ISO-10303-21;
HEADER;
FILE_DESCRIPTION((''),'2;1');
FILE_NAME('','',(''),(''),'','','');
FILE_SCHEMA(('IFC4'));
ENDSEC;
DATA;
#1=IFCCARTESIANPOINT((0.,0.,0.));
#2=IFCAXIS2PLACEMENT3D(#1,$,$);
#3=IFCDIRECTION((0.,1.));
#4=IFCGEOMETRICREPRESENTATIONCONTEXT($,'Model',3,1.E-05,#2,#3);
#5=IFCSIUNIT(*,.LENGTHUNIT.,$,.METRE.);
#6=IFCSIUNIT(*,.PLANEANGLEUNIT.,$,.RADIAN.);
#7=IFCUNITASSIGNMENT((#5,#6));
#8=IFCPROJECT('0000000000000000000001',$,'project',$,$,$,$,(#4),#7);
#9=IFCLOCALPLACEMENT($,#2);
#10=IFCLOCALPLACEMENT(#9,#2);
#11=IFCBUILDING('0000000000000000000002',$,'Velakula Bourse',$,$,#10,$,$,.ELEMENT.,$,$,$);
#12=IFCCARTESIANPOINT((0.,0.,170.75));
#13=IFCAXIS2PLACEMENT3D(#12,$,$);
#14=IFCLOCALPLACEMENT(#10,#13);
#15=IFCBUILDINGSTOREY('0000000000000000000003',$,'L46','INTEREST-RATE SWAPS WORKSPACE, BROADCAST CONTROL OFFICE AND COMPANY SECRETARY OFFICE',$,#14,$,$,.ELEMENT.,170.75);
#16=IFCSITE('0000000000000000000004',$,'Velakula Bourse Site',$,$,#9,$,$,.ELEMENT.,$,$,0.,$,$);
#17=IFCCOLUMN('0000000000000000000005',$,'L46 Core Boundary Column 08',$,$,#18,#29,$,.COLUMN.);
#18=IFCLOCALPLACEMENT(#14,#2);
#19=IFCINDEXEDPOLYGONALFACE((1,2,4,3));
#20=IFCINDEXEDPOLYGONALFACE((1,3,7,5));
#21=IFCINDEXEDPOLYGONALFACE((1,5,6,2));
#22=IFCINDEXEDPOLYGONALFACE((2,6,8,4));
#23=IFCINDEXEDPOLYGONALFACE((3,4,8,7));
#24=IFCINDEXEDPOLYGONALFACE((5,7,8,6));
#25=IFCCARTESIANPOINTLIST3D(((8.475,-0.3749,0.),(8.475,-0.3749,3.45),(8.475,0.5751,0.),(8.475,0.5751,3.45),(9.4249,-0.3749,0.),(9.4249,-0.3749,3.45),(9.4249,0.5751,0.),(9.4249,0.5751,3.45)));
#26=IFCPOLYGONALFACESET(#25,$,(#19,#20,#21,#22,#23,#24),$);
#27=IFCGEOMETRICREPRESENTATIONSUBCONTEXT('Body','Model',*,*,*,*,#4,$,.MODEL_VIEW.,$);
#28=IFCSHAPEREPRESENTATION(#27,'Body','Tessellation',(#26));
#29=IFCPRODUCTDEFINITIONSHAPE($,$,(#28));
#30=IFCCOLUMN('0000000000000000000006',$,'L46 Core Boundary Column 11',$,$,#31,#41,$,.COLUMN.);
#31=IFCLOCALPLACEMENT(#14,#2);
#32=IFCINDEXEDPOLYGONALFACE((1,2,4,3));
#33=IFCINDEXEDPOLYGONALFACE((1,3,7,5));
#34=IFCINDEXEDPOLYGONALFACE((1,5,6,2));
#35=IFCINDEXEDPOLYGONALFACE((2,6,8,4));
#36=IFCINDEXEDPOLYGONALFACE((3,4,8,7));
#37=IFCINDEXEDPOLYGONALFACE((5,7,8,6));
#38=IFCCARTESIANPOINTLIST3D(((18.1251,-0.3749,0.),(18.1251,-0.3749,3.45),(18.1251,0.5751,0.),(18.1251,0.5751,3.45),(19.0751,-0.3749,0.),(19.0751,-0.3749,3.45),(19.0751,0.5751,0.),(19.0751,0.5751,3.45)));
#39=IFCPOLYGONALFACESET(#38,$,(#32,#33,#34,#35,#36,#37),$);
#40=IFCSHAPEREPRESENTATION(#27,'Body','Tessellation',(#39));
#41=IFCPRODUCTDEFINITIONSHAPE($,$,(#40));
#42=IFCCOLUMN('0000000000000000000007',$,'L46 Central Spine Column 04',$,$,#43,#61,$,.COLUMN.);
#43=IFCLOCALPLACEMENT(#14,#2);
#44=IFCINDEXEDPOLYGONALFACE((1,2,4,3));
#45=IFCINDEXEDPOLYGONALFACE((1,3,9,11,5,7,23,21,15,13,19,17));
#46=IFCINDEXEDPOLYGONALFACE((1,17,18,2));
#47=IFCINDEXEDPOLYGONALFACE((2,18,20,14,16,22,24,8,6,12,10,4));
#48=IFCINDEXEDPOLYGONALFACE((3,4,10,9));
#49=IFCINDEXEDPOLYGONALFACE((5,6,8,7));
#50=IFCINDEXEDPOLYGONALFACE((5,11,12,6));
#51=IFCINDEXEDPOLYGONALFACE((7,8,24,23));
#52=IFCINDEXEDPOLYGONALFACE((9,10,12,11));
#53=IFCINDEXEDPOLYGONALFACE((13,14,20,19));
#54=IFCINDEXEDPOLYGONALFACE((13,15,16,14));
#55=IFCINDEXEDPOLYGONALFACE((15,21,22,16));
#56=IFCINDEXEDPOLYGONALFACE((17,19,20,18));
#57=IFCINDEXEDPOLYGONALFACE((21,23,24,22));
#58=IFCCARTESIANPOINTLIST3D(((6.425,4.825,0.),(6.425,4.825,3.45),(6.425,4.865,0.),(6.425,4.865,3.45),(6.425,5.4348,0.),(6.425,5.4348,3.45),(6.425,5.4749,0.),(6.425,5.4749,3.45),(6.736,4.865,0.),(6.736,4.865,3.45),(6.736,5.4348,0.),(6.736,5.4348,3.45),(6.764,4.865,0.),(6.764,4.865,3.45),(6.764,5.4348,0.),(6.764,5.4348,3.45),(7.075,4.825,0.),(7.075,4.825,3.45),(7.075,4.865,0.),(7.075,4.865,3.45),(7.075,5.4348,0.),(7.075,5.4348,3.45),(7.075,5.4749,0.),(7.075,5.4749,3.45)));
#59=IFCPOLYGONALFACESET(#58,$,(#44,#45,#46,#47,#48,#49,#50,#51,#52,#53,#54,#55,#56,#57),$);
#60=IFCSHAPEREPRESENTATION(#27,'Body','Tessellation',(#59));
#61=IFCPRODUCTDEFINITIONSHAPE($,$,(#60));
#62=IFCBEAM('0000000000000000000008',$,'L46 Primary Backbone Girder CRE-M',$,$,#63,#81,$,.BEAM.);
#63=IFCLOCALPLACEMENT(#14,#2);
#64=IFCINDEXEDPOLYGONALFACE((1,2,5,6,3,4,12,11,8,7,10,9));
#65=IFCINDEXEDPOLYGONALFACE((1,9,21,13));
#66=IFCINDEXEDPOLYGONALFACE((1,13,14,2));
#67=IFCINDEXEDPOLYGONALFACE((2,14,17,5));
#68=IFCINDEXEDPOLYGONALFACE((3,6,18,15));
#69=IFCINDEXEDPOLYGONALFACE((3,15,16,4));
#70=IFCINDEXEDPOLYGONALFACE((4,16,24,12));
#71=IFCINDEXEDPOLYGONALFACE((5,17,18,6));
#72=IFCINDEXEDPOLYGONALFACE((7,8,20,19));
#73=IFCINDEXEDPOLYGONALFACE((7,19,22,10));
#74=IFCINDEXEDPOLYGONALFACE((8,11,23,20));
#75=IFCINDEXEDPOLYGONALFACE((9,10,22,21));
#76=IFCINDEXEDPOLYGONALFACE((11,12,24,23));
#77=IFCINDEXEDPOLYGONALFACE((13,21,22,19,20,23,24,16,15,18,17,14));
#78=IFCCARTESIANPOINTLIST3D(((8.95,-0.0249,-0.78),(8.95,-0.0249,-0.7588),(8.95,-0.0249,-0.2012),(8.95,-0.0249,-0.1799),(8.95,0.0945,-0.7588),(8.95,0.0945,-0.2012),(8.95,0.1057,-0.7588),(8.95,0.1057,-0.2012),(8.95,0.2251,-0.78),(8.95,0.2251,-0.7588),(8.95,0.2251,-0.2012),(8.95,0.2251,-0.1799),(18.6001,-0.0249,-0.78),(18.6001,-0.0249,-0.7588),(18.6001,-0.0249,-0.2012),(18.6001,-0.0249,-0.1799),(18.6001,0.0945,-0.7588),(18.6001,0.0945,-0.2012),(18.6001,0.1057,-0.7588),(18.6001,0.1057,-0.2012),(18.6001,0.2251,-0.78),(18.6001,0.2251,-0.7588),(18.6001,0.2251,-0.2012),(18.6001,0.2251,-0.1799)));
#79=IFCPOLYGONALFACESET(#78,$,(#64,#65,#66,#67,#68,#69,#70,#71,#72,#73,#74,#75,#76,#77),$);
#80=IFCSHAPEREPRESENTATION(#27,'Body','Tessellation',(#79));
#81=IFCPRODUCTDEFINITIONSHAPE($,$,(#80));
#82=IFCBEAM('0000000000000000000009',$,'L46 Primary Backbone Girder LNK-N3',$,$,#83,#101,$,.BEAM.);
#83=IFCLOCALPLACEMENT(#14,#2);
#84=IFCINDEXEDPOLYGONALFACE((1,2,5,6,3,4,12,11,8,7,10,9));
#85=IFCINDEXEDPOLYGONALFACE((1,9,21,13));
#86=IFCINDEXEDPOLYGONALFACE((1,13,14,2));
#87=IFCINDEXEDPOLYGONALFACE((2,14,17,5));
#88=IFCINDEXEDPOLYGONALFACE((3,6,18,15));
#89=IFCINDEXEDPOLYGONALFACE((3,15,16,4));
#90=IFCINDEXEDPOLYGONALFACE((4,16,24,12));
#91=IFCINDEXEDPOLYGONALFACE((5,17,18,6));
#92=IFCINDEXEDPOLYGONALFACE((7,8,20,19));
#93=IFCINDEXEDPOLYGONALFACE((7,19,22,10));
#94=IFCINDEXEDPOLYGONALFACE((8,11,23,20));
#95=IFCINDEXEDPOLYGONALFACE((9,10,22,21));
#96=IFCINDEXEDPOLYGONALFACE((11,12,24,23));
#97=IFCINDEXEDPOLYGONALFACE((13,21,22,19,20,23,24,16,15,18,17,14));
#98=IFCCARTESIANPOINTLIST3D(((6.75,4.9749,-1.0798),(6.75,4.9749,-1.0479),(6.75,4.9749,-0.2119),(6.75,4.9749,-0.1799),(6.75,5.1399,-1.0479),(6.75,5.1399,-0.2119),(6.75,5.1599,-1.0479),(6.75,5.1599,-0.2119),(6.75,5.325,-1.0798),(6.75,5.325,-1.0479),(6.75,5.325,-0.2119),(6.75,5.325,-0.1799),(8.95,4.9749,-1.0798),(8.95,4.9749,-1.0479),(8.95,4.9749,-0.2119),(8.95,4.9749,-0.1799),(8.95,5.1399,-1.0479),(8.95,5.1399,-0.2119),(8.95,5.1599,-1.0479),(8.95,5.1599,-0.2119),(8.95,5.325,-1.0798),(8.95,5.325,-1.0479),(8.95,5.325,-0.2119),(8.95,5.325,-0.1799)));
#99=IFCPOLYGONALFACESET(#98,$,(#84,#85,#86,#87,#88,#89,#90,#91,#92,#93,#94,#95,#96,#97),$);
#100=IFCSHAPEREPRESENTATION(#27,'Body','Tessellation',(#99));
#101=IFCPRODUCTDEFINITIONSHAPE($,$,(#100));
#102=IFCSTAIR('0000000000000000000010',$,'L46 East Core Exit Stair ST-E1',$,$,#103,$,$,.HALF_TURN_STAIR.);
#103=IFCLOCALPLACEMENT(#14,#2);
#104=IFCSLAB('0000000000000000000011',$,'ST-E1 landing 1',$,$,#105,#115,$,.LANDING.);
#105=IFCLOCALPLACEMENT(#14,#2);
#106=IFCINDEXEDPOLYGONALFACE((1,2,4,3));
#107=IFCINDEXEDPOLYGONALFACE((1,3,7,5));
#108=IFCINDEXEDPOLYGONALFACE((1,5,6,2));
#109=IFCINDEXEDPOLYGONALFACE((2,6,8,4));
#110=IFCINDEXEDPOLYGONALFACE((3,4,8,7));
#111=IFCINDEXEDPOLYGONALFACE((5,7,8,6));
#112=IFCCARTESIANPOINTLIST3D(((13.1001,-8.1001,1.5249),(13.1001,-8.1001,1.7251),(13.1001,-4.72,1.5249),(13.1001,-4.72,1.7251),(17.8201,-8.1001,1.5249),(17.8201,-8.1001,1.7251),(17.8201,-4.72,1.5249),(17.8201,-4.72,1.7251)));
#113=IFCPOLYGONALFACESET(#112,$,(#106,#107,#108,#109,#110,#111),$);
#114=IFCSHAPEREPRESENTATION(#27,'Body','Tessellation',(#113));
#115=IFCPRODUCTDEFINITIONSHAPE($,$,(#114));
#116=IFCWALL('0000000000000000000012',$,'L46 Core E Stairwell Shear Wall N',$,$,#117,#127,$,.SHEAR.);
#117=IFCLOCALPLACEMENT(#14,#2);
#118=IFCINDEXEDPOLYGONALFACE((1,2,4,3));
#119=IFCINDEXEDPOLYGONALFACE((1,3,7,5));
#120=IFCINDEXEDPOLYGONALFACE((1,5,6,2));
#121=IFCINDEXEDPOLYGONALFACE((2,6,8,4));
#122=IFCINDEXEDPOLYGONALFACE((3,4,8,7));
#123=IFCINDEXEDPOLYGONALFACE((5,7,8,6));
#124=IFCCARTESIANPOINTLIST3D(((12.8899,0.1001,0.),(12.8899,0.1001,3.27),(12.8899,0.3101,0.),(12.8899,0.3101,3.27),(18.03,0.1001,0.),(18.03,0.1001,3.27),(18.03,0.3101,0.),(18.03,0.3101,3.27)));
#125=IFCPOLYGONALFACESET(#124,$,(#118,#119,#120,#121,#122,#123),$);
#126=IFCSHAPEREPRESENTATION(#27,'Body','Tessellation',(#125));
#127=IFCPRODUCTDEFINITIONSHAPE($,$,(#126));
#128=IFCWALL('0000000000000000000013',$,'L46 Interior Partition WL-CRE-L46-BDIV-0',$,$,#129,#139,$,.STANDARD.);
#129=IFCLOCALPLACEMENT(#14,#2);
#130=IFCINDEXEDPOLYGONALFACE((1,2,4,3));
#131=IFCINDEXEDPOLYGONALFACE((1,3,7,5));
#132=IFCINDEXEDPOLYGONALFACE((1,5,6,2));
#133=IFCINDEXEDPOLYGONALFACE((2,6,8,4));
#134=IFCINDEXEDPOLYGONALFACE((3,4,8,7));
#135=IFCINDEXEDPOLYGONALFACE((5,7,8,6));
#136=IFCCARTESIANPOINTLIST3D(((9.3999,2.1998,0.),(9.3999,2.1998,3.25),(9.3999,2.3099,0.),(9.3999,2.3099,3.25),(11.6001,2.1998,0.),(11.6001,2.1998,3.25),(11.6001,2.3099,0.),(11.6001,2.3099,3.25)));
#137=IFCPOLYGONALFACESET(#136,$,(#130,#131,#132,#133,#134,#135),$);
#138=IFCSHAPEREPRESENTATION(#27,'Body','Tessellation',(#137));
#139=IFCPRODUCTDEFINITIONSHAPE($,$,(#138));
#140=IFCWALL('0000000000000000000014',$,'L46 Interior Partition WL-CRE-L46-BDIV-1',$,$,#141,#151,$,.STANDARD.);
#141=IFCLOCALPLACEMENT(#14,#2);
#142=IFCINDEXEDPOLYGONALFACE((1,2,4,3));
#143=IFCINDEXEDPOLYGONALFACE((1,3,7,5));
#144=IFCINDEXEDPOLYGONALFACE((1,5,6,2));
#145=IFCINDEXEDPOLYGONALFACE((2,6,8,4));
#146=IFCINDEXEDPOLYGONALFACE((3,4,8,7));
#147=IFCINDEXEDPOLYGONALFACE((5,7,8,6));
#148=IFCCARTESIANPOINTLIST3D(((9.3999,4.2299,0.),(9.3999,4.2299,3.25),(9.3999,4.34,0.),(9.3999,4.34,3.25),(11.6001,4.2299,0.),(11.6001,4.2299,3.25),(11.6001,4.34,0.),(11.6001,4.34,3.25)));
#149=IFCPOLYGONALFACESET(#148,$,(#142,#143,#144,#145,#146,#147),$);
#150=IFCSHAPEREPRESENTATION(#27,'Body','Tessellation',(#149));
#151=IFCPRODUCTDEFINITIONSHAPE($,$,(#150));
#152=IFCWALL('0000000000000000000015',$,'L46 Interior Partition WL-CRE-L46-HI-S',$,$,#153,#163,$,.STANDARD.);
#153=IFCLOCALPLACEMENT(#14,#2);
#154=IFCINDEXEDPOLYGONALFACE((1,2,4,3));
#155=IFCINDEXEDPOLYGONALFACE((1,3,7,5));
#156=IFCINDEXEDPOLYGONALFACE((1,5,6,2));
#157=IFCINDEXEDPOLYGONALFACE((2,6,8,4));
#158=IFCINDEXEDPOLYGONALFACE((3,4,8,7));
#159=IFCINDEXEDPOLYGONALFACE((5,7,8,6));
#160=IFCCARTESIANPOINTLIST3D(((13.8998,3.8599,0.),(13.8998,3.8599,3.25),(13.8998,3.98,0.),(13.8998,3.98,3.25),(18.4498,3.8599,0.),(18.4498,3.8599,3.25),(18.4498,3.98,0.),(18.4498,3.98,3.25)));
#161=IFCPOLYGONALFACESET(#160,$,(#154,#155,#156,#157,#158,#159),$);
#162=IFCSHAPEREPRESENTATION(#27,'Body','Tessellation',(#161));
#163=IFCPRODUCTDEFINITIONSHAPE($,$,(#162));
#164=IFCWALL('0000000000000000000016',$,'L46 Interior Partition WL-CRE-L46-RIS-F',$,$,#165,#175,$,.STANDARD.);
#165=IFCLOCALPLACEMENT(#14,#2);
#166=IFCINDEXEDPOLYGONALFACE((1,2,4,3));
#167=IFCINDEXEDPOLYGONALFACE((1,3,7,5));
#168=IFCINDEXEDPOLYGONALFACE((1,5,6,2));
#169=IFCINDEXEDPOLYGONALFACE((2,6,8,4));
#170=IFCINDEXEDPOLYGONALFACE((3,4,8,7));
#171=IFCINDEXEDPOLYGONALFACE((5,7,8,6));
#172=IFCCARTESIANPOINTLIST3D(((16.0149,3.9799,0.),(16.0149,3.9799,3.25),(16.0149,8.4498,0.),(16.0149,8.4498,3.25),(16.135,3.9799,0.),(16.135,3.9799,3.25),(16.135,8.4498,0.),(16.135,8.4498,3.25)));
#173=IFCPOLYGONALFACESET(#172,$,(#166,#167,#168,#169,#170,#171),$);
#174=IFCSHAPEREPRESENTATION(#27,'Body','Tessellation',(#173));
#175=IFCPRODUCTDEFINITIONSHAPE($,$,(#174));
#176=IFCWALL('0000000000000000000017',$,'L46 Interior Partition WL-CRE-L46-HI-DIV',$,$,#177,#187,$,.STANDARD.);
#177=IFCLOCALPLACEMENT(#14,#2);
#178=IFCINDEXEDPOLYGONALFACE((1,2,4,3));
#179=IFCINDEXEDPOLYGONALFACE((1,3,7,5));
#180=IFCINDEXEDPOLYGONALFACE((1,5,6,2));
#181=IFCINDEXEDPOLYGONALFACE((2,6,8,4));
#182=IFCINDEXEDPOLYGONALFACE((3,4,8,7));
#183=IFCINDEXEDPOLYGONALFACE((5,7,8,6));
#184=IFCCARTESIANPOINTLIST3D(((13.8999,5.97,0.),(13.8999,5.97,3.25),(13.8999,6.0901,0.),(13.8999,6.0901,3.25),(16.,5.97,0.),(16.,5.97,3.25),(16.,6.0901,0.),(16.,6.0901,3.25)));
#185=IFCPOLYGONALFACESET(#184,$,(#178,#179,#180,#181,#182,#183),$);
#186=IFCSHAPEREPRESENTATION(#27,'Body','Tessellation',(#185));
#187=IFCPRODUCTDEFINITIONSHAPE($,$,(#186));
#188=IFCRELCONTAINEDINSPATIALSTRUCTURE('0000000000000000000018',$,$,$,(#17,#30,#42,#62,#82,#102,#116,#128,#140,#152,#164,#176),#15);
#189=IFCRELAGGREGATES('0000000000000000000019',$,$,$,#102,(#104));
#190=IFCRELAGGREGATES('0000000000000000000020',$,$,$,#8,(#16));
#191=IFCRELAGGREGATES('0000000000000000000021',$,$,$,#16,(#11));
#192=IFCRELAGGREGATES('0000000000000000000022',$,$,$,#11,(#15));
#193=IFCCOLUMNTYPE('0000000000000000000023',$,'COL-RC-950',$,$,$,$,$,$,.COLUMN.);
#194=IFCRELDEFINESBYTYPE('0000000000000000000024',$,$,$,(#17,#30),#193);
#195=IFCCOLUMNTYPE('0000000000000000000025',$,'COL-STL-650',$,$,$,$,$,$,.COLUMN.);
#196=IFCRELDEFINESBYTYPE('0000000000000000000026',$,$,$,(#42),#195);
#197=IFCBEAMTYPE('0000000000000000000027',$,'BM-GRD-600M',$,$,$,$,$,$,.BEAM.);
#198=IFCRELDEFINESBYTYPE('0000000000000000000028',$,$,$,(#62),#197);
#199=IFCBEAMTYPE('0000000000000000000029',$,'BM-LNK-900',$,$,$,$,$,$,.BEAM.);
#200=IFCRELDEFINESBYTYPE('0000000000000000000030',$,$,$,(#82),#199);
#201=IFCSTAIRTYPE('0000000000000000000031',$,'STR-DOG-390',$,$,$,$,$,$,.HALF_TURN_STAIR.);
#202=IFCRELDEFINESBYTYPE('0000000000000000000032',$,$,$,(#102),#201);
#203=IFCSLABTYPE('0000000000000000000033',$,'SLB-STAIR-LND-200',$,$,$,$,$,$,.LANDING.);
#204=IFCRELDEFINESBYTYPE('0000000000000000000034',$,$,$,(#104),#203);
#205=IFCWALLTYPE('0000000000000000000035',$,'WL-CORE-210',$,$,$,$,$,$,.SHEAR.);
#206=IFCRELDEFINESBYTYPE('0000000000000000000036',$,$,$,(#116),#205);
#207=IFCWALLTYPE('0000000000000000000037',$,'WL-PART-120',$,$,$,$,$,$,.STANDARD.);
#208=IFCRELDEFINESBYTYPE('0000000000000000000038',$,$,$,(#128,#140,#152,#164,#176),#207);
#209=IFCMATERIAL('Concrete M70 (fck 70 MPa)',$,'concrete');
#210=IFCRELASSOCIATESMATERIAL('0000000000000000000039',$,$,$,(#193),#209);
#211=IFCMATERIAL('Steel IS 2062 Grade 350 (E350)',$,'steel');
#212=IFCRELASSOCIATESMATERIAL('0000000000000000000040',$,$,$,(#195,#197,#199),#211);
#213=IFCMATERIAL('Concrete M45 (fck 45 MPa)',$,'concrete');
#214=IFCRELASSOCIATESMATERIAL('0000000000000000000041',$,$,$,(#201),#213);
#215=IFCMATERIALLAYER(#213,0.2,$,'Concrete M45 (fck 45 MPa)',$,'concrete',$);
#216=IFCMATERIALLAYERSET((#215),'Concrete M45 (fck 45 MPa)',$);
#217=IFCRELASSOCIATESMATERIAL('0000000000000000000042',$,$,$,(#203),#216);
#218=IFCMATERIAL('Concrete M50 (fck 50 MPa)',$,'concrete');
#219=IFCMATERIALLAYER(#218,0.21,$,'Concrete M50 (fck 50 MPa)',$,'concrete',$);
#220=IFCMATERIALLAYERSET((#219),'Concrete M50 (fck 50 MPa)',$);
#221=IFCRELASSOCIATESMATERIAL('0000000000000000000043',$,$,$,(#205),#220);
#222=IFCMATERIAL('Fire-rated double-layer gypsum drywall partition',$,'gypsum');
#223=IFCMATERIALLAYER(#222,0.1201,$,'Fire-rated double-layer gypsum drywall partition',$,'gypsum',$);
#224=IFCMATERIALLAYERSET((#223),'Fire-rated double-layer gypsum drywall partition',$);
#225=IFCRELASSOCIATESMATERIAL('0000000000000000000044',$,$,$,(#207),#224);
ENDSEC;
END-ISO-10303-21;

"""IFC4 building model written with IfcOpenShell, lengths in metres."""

from ifc_helpers import new_model, si_unit, direction, frame, frame_2d, origin, origin_2d, place, context, subcontext, project, spatial, polyline, rectangle, i_section, outline, extrude, material, layer, layer_set, material_profile, profile_set, type_object, element, aggregate, save


model = new_model("IFC4")

# Units and contexts
model_context = context("Model", 3, precision=1e-05, world=origin(), true_north=direction((0.0, 1.0)))
body_context = subcontext(model_context, "Body", "Model", "MODEL_VIEW")
ifc_project = project(units=[si_unit("LENGTHUNIT", "METRE"), si_unit("PLANEANGLEUNIT", "RADIAN")], contexts=[model_context])

# Site, building, storey
site_placement = place(None, origin())
site = spatial("IfcSite", under=ifc_project, at=site_placement, Name="Velakula Bourse Site", CompositionType="ELEMENT", RefElevation=0.0)
building_placement = place(site_placement, origin())
building = spatial("IfcBuilding", under=site, at=building_placement, Name="Velakula Bourse", CompositionType="ELEMENT")
storey_placement = place(building_placement, frame((0.0, 0.0, 170.75)))
storey = spatial("IfcBuildingStorey", under=building, at=storey_placement, Name="L46", Description="INTEREST-RATE SWAPS WORKSPACE, BROADCAST CONTROL OFFICE AND COMPANY SECRETARY OFFICE", CompositionType="ELEMENT", Elevation=170.75)

# Columns
ifc_material_1 = material(Name="Concrete M70 (fck 70 MPa)", Category="concrete")
ifc_material_profile_1 = material_profile(ifc_material_1, rectangle(XDim=0.95, YDim=0.95, at=origin_2d()), Name="Concrete M70 (fck 70 MPa)")
ifc_profile_set_1 = profile_set([ifc_material_profile_1], Name="Concrete M70 (fck 70 MPa)")
column_type_1 = type_object("IfcColumnType", Name="COL-RC-950", PredefinedType="COLUMN", material=ifc_profile_set_1)
for number, where, z_axis, x_axis, name in (
    (1, (8.95, 0.1001, 0.0), (0.0, 0.0, 1.0), (1.0, 0.0, 0.0), "L46 Core Boundary Column 08"),
    (2, (18.6001, 0.1001, 0.0), (0.0, 0.0, 1.0), (1.0, 0.0, 0.0), "L46 Core Boundary Column 11"),
):
    element("IfcColumn", number, at=place(storey_placement, frame(where, z_axis=z_axis, x_axis=x_axis)), inside=storey, type_object=column_type_1, Name=name, PredefinedType="COLUMN", context=body_context, shape_type="SweptSolid", body=[
        extrude(rectangle(XDim=0.95, YDim=0.95, at=origin_2d()), origin(), (0.0, 0.0, 1.0), 3.45),
    ])
ifc_material_2 = material(Name="Steel IS 2062 Grade 350 (E350)", Category="steel")
ifc_material_profile_2 = material_profile(ifc_material_2, i_section(OverallWidth=0.6499, OverallDepth=0.6499, WebThickness=0.0281, FlangeThickness=0.04, at=origin_2d()), Name="Steel IS 2062 Grade 350 (E350)")
ifc_profile_set_2 = profile_set([ifc_material_profile_2], Name="Steel IS 2062 Grade 350 (E350)")
column_type_2 = type_object("IfcColumnType", Name="COL-STL-650", PredefinedType="COLUMN", material=ifc_profile_set_2)
column_placement = place(storey_placement, frame((6.75, 5.1499, 0.0), z_axis=(0.0, 0.0, 1.0), x_axis=(1.0, 0.0, 0.0)))
element("IfcColumn", 3, at=column_placement, inside=storey, type_object=column_type_2, Name="L46 Central Spine Column 04", PredefinedType="COLUMN", context=body_context, shape_type="SweptSolid", body=[
    extrude(i_section(OverallWidth=0.6499, OverallDepth=0.6499, WebThickness=0.0281, FlangeThickness=0.04, at=origin_2d()), origin(), (0.0, 0.0, 1.0), 3.45),
])

# Beams
ifc_material_profile_3 = material_profile(ifc_material_2, i_section(OverallWidth=0.25, OverallDepth=0.6001, WebThickness=0.0112, FlangeThickness=0.0212, at=origin_2d()), Name="Steel IS 2062 Grade 350 (E350)")
ifc_profile_set_3 = profile_set([ifc_material_profile_3], Name="Steel IS 2062 Grade 350 (E350)")
beam_type_1 = type_object("IfcBeamType", Name="BM-GRD-600M", PredefinedType="BEAM", material=ifc_profile_set_3)
beam_1_placement = place(storey_placement, frame((8.95, 0.1001, -0.48), z_axis=(1.0, 0.0, 0.0), x_axis=(0.0, 1.0, 0.0)))
element("IfcBeam", 4, at=beam_1_placement, inside=storey, type_object=beam_type_1, Name="L46 Primary Backbone Girder CRE-M", PredefinedType="BEAM", context=body_context, shape_type="SweptSolid", body=[
    extrude(i_section(OverallWidth=0.25, OverallDepth=0.6001, WebThickness=0.0112, FlangeThickness=0.0212, at=origin_2d()), origin(), (0.0, 0.0, 1.0), 9.6501),
])
ifc_material_profile_4 = material_profile(ifc_material_2, i_section(OverallWidth=0.3501, OverallDepth=0.8999, WebThickness=0.02, FlangeThickness=0.032, at=origin_2d()), Name="Steel IS 2062 Grade 350 (E350)")
ifc_profile_set_4 = profile_set([ifc_material_profile_4], Name="Steel IS 2062 Grade 350 (E350)")
beam_type_2 = type_object("IfcBeamType", Name="BM-LNK-900", PredefinedType="BEAM", material=ifc_profile_set_4)
beam_2_placement = place(storey_placement, frame((6.75, 5.1499, -0.6299), z_axis=(1.0, 0.0, 0.0), x_axis=(0.0, 1.0, 0.0)))
element("IfcBeam", 5, at=beam_2_placement, inside=storey, type_object=beam_type_2, Name="L46 Primary Backbone Girder LNK-N3", PredefinedType="BEAM", context=body_context, shape_type="SweptSolid", body=[
    extrude(i_section(OverallWidth=0.3501, OverallDepth=0.8999, WebThickness=0.02, FlangeThickness=0.032, at=origin_2d()), origin(), (0.0, 0.0, 1.0), 2.2),
])

# Stair, slab
ifc_material_3 = material(Name="Concrete M45 (fck 45 MPa)", Category="concrete")
stair_type = type_object("IfcStairType", Name="STR-DOG-390", PredefinedType="HALF_TURN_STAIR", material=ifc_material_3)
stair_placement = place(storey_placement, origin())
stair = element("IfcStair", 6, at=stair_placement, inside=storey, type_object=stair_type, Name="L46 East Core Exit Stair ST-E1", PredefinedType="HALF_TURN_STAIR")
ifc_layer_1 = layer(ifc_material_3, 0.2, Name="Concrete M45 (fck 45 MPa)", Category="concrete")
ifc_layer_set_1 = layer_set([ifc_layer_1], Name="Concrete M45 (fck 45 MPa)")
slab_type = type_object("IfcSlabType", Name="SLB-STAIR-LND-200", PredefinedType="LANDING", material=ifc_layer_set_1)
slab_placement = place(storey_placement, frame((0.0, 0.0, 1.5249)))
slab = element("IfcSlab", 7, at=slab_placement, type_object=slab_type, Name="ST-E1 landing 1", PredefinedType="LANDING", context=body_context, shape_type="SweptSolid", body=[
    extrude(outline(polyline([(13.1001, -4.72), (13.1001, -8.1001), (17.8201, -8.1001), (17.8201, -4.72), (13.1001, -4.72)])), origin(), (0.0, 0.0, 1.0), 0.2002),
])
aggregate(stair, [slab])

# Walls
ifc_material_4 = material(Name="Concrete M50 (fck 50 MPa)", Category="concrete")
ifc_layer_2 = layer(ifc_material_4, 0.21, Name="Concrete M50 (fck 50 MPa)", Category="concrete")
ifc_layer_set_2 = layer_set([ifc_layer_2], Name="Concrete M50 (fck 50 MPa)")
wall_type_1 = type_object("IfcWallType", Name="WL-CORE-210", PredefinedType="SHEAR", material=ifc_layer_set_2)
wall_1_placement = place(storey_placement, frame((18.03, 0.2051, 0.0), z_axis=(0.0, 0.0, 1.0), x_axis=(-1.0, 0.0, 0.0)))
element("IfcWall", 8, at=wall_1_placement, inside=storey, type_object=wall_type_1, Name="L46 Core E Stairwell Shear Wall N", PredefinedType="SHEAR", context=body_context, shape_type="SweptSolid", body=[
    extrude(rectangle(XDim=5.1401, YDim=0.21, at=frame_2d((2.5701, 0.0))), origin(), (0.0, 0.0, 1.0), 3.27),
])
ifc_material_5 = material(Name="Fire-rated double-layer gypsum drywall partition", Category="gypsum")
ifc_layer_3 = layer(ifc_material_5, 0.1201, Name="Fire-rated double-layer gypsum drywall partition", Category="gypsum")
ifc_layer_set_3 = layer_set([ifc_layer_3], Name="Fire-rated double-layer gypsum drywall partition")
wall_type_2 = type_object("IfcWallType", Name="WL-PART-120", PredefinedType="STANDARD", material=ifc_layer_set_3)
for number, where, z_axis, x_axis, name in (
    (9, (9.3999, 2.2549, 0.0), (0.0, 0.0, 1.0), (1.0, 0.0, 0.0), "L46 Interior Partition WL-CRE-L46-BDIV-0"),
    (10, (9.3999, 4.2849, 0.0), (0.0, 0.0, 1.0), (1.0, 0.0, 0.0), "L46 Interior Partition WL-CRE-L46-BDIV-1"),
):
    element("IfcWall", number, at=place(storey_placement, frame(where, z_axis=z_axis, x_axis=x_axis)), inside=storey, type_object=wall_type_2, Name=name, PredefinedType="STANDARD", context=body_context, shape_type="SweptSolid", body=[
        extrude(rectangle(XDim=2.2002, YDim=0.1101, at=frame_2d((1.1001, 0.0))), origin(), (0.0, 0.0, 1.0), 3.25),
    ])
wall_2_placement = place(storey_placement, frame((13.8999, 3.9199, 0.0), z_axis=(0.0, 0.0, 1.0), x_axis=(1.0, 0.0, 0.0)))
element("IfcWall", 11, at=wall_2_placement, inside=storey, type_object=wall_type_2, Name="L46 Interior Partition WL-CRE-L46-HI-S", PredefinedType="STANDARD", context=body_context, shape_type="SweptSolid", body=[
    extrude(rectangle(XDim=4.55, YDim=0.1201, at=frame_2d((2.2749, 0.0))), origin(), (0.0, 0.0, 1.0), 3.25),
])
wall_3_placement = place(storey_placement, frame((16.075, 3.98, 0.0), z_axis=(0.0, 0.0, 1.0), x_axis=(0.0, 1.0, 0.0)))
element("IfcWall", 12, at=wall_3_placement, inside=storey, type_object=wall_type_2, Name="L46 Interior Partition WL-CRE-L46-RIS-F", PredefinedType="STANDARD", context=body_context, shape_type="SweptSolid", body=[
    extrude(rectangle(XDim=4.47, YDim=0.1201, at=frame_2d((2.2349, 0.0))), origin(), (0.0, 0.0, 1.0), 3.25),
])
wall_4_placement = place(storey_placement, frame((13.8999, 6.03, 0.0), z_axis=(0.0, 0.0, 1.0), x_axis=(1.0, 0.0, 0.0)))
element("IfcWall", 13, at=wall_4_placement, inside=storey, type_object=wall_type_2, Name="L46 Interior Partition WL-CRE-L46-HI-DIV", PredefinedType="STANDARD", context=body_context, shape_type="SweptSolid", body=[
    extrude(rectangle(XDim=2.1001, YDim=0.1201, at=frame_2d((1.05, 0.0))), origin(), (0.0, 0.0, 1.0), 3.25),
])

save(model, "model.ifc")
